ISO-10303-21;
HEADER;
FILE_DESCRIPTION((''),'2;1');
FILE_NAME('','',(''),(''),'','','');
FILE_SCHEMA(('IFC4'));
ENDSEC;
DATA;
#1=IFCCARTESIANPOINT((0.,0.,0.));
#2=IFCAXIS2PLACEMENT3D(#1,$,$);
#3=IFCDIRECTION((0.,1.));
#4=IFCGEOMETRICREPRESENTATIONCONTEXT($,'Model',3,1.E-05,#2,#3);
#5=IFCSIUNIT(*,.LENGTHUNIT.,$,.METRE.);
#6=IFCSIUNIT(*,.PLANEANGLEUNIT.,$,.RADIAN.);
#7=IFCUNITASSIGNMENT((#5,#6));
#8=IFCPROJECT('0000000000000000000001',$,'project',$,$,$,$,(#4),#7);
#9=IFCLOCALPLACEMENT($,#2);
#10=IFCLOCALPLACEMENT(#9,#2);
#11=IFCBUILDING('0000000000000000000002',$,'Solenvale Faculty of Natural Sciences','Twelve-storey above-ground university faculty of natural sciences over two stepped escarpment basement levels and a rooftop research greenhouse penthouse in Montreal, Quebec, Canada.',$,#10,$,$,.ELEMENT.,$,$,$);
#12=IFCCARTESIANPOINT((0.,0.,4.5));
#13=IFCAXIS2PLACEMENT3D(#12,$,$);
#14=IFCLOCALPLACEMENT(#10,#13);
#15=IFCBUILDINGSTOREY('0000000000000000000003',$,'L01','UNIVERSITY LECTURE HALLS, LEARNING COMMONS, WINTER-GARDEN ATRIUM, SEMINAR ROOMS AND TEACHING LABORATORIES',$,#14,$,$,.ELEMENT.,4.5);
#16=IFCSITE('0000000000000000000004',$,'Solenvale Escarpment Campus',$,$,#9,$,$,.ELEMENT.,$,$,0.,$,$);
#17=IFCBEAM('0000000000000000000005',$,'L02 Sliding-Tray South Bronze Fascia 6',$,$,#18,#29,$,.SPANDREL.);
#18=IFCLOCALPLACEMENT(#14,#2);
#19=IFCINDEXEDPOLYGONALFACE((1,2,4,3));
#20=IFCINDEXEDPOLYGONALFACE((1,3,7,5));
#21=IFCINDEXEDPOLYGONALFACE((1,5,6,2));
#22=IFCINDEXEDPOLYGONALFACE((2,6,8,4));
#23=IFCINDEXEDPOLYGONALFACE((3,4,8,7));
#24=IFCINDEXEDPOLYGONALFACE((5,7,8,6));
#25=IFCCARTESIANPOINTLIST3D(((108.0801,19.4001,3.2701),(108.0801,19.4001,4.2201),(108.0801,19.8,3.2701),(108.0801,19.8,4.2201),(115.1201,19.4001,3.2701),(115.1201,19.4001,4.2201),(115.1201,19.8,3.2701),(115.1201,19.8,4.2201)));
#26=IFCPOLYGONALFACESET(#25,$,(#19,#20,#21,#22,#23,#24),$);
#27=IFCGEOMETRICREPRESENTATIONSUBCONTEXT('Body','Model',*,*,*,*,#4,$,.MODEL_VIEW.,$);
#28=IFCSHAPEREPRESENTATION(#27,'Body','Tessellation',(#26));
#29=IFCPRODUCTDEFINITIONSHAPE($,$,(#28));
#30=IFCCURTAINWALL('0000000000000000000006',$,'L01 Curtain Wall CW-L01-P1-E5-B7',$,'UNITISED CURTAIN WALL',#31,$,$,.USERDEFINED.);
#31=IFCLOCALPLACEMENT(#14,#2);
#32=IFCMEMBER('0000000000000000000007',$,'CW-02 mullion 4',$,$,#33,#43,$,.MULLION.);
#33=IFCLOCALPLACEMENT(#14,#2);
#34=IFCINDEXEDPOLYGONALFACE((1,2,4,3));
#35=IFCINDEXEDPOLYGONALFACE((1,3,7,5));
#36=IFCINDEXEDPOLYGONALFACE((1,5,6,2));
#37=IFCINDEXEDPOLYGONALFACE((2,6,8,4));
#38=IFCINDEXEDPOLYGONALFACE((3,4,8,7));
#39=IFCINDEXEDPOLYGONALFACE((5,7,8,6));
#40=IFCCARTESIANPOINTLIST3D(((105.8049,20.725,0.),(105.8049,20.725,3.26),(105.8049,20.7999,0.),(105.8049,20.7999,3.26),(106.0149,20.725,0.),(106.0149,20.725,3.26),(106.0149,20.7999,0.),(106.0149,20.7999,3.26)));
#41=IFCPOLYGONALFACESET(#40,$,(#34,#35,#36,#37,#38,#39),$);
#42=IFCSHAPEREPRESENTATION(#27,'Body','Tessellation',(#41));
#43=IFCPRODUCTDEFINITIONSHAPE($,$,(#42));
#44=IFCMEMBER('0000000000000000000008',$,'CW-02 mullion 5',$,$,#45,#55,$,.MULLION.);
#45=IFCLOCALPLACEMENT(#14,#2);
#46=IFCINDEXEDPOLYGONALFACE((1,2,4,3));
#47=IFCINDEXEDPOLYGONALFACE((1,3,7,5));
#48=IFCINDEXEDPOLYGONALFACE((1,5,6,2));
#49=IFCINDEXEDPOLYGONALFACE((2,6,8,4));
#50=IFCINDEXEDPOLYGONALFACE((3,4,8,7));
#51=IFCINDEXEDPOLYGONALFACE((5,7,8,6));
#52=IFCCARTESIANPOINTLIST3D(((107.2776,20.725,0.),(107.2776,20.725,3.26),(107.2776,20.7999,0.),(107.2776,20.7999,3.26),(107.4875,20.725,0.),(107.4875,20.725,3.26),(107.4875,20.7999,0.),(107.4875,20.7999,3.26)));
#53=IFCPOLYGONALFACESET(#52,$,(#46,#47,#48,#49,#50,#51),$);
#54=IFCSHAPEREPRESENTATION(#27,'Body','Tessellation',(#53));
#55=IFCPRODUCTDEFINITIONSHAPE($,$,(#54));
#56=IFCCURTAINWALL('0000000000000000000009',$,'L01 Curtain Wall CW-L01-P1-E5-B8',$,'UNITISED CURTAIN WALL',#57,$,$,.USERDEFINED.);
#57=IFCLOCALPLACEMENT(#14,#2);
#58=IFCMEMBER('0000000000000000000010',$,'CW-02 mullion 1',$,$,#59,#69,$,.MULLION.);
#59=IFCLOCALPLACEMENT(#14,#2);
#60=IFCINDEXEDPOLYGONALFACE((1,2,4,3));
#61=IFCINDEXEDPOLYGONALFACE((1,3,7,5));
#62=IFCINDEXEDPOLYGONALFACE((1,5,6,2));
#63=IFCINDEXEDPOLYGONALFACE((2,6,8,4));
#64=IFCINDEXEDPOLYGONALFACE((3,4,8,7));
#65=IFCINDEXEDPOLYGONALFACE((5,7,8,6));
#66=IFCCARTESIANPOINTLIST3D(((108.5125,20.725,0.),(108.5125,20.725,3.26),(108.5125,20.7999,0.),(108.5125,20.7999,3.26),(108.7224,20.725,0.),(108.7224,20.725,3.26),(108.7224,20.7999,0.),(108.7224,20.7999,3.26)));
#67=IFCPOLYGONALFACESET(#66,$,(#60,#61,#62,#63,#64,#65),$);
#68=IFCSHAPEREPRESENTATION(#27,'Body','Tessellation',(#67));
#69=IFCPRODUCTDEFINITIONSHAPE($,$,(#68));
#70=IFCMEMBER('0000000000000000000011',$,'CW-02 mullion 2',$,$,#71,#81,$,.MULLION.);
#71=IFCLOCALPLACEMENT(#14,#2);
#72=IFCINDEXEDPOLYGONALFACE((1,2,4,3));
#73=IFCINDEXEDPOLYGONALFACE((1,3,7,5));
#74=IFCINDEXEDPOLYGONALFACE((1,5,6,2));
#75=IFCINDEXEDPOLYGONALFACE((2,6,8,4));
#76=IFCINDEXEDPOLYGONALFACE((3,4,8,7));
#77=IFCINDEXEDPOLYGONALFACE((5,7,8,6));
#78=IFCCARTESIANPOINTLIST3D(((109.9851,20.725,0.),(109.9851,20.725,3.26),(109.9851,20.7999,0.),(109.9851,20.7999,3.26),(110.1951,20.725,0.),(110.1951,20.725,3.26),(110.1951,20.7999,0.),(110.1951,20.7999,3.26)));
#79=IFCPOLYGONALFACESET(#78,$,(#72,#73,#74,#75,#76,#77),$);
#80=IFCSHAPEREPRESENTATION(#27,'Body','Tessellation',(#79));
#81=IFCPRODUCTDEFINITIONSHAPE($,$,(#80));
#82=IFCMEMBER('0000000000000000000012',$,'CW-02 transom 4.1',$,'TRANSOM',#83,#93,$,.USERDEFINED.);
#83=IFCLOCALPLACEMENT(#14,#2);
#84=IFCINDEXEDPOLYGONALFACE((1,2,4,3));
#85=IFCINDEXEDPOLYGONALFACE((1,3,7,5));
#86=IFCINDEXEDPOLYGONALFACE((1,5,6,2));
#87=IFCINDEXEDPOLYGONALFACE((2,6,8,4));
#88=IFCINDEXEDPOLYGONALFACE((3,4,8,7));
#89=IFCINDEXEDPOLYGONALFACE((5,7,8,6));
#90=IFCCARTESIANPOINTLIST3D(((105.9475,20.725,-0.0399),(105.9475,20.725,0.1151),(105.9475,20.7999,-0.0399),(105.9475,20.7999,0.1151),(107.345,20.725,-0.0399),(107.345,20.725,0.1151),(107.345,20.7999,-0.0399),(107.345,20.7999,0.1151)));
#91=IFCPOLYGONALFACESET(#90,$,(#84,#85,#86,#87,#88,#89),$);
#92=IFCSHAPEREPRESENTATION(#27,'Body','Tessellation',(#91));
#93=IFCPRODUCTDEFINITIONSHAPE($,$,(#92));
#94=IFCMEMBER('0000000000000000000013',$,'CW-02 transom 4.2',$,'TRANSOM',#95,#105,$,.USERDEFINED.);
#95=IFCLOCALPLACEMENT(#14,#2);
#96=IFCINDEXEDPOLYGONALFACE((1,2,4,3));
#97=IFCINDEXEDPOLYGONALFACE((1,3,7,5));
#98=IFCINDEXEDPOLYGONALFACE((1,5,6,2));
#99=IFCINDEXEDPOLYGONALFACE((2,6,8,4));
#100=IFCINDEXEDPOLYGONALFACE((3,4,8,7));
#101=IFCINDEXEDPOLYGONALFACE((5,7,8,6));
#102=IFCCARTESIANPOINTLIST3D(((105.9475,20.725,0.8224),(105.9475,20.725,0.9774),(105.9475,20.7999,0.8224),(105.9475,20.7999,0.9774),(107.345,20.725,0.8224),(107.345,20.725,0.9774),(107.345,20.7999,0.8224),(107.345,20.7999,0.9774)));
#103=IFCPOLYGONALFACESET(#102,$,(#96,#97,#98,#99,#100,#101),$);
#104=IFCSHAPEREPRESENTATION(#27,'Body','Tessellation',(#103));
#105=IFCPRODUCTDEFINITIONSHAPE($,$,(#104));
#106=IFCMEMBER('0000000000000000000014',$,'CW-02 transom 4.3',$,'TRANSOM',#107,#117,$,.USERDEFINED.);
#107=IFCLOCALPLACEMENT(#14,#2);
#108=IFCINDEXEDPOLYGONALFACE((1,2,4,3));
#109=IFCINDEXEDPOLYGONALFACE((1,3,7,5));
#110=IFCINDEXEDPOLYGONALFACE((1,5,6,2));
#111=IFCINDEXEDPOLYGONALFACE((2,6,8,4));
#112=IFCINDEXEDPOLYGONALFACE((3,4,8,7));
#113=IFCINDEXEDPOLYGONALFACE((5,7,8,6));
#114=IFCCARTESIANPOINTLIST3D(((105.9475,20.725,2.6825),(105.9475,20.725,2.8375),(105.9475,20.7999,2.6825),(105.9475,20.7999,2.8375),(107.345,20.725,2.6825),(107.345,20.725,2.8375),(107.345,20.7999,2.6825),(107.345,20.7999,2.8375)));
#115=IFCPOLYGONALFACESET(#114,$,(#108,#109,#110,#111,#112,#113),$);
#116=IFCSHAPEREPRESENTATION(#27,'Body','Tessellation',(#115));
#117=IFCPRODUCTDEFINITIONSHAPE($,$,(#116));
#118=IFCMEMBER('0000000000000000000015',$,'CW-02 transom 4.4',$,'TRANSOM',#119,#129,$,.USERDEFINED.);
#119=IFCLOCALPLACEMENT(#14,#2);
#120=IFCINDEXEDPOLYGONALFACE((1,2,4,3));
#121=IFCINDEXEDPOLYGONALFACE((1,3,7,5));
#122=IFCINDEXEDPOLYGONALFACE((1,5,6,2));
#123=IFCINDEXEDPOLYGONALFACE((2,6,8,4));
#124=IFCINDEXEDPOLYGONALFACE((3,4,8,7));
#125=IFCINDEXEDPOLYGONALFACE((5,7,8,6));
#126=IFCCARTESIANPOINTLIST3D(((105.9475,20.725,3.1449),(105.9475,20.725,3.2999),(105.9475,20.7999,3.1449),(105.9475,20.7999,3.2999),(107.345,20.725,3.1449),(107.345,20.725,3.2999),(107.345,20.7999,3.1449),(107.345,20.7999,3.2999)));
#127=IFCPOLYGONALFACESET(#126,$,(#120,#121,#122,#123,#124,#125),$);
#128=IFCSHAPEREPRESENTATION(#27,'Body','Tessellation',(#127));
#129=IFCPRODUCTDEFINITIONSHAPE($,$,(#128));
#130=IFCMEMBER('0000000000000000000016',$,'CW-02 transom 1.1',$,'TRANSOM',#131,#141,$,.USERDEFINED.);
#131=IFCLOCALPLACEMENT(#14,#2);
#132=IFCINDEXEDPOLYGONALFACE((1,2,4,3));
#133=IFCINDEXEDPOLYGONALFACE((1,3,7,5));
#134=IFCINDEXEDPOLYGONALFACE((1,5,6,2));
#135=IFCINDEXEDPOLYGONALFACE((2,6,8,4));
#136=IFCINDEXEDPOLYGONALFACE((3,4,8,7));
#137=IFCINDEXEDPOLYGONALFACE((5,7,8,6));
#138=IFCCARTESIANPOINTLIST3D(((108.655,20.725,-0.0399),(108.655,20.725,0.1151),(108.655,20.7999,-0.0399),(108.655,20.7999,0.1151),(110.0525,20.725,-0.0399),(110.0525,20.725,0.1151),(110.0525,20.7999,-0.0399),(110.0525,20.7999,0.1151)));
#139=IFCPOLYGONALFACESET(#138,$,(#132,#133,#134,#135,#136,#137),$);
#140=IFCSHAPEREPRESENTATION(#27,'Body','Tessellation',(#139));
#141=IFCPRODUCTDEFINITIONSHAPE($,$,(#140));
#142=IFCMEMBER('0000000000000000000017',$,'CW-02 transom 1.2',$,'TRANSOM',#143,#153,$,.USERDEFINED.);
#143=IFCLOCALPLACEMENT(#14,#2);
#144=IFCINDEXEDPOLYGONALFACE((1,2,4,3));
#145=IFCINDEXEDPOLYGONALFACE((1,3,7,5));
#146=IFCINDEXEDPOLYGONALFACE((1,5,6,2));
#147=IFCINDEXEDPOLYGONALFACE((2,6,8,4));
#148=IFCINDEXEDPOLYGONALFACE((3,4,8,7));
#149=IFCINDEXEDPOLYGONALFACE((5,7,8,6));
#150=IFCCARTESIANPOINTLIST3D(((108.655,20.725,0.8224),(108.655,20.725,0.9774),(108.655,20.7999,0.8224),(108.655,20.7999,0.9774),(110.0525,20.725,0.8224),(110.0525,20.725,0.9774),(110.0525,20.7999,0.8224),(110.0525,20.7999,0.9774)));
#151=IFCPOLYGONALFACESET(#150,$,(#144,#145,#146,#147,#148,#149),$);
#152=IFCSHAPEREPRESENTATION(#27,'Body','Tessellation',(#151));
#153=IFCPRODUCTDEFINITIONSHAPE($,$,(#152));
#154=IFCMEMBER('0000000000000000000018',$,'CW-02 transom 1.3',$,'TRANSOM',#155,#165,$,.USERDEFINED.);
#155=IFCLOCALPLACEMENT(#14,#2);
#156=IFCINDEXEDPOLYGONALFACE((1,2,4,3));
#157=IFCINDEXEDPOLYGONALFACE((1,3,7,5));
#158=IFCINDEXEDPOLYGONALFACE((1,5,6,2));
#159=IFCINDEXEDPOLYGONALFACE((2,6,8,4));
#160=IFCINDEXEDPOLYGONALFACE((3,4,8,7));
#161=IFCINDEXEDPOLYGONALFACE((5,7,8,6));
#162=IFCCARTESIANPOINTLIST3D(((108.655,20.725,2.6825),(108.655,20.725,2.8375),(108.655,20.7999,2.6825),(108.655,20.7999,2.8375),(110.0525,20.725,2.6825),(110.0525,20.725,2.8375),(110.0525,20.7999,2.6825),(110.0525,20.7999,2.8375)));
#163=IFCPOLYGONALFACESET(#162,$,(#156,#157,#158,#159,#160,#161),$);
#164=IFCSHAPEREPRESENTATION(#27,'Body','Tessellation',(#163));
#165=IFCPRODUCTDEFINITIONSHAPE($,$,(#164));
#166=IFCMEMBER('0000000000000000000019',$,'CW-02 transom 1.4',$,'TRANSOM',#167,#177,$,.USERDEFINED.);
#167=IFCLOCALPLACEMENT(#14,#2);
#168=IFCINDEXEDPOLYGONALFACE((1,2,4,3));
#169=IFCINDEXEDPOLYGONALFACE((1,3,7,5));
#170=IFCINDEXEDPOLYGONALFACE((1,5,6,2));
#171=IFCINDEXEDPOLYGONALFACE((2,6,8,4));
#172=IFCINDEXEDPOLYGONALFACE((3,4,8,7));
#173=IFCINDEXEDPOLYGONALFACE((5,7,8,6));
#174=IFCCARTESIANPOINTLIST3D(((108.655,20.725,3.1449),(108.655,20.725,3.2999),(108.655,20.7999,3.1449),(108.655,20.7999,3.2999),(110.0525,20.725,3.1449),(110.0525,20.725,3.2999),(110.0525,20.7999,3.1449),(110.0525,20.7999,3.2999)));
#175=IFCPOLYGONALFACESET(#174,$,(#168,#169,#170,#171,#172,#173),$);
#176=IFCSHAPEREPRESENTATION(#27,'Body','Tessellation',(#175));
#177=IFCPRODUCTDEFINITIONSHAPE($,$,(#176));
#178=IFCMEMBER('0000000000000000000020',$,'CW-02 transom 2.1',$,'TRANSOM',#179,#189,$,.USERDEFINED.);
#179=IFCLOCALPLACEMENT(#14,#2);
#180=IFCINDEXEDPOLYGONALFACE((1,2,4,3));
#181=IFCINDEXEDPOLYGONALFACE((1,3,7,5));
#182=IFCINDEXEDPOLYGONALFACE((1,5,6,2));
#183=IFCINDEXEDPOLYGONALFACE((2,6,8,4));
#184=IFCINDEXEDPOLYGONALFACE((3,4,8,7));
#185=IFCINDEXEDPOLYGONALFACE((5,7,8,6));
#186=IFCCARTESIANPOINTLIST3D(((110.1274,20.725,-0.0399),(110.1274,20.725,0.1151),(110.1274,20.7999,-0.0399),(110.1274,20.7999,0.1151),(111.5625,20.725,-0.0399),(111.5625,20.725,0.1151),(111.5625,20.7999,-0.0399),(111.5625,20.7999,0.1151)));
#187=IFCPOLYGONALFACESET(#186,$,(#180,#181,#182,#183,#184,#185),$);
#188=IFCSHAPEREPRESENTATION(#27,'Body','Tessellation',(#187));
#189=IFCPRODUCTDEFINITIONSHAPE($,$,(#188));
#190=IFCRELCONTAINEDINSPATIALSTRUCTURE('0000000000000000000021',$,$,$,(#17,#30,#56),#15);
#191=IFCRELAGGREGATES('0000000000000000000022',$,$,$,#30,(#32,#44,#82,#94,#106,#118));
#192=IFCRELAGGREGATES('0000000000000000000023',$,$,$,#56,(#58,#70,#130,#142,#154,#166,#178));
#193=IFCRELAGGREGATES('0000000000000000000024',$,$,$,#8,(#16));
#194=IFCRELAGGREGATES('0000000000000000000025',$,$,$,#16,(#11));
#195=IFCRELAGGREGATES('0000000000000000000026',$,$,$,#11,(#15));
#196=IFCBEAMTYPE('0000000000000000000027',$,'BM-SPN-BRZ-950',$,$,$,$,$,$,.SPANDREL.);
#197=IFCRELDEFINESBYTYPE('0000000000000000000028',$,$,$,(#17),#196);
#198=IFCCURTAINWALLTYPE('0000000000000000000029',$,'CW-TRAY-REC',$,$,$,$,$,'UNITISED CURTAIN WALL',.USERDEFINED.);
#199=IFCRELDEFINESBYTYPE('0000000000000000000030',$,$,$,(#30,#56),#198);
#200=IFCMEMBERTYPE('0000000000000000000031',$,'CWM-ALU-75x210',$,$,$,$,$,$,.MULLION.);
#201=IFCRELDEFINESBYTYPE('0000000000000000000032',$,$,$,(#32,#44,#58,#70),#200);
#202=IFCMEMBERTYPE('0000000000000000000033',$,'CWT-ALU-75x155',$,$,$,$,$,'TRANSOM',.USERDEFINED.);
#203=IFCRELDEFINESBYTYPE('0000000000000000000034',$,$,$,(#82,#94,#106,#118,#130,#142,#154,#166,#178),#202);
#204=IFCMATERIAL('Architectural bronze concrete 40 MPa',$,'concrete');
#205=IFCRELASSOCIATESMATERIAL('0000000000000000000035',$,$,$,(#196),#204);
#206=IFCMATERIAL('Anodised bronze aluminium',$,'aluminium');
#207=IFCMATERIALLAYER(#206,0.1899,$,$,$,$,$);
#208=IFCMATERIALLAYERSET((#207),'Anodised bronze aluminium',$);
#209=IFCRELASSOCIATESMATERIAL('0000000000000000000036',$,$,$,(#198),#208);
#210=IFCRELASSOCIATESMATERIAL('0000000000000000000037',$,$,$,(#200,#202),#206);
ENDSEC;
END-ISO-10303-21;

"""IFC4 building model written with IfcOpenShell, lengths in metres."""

from ifc_helpers import new_model, si_unit, direction, frame, origin, origin_2d, place, context, subcontext, project, spatial, rectangle, extrude, material, layer, layer_set, material_profile, profile_set, type_object, element, aggregate, save


model = new_model("IFC4")

# Units and contexts
model_context = context("Model", 3, precision=1e-05, world=origin(), true_north=direction((0.0, 1.0)))
body_context = subcontext(model_context, "Body", "Model", "MODEL_VIEW")
ifc_project = project(units=[si_unit("LENGTHUNIT", "METRE"), si_unit("PLANEANGLEUNIT", "RADIAN")], contexts=[model_context])

# Site, building, storey
site_placement = place(None, origin())
site = spatial("IfcSite", under=ifc_project, at=site_placement, Name="Solenvale Escarpment Campus", CompositionType="ELEMENT", RefElevation=0.0)
building_placement = place(site_placement, origin())
building = spatial("IfcBuilding", under=site, at=building_placement, Name="Solenvale Faculty of Natural Sciences", Description="Twelve-storey above-ground university faculty of natural sciences over two stepped escarpment basement levels and a rooftop research greenhouse penthouse in Montreal, Quebec, Canada.", CompositionType="ELEMENT")
storey_placement = place(building_placement, frame((0.0, 0.0, 4.5)))
storey = spatial("IfcBuildingStorey", under=building, at=storey_placement, Name="L01", Description="UNIVERSITY LECTURE HALLS, LEARNING COMMONS, WINTER-GARDEN ATRIUM, SEMINAR ROOMS AND TEACHING LABORATORIES", CompositionType="ELEMENT", Elevation=4.5)

# Beam
ifc_material_1 = material(Name="Architectural bronze concrete 40 MPa", Category="concrete")
ifc_material_profile_1 = material_profile(ifc_material_1, rectangle(XDim=0.3999, YDim=0.95, at=origin_2d()), Name="RC-SPN-400x950")
ifc_profile_set_1 = profile_set([ifc_material_profile_1], Name="Architectural bronze concrete 40 MPa")
beam_type = type_object("IfcBeamType", Name="BM-SPN-BRZ-950", PredefinedType="SPANDREL", material=ifc_profile_set_1)
beam_placement = place(storey_placement, frame((108.0801, 19.6001, 3.7451), z_axis=(1.0, 0.0, 0.0), x_axis=(0.0, 1.0, 0.0)))
element("IfcBeam", 1, at=beam_placement, inside=storey, type_object=beam_type, Name="L02 Sliding-Tray South Bronze Fascia 6", PredefinedType="SPANDREL", context=body_context, shape_type="SweptSolid", body=[
    extrude(rectangle(XDim=0.3999, YDim=0.95, at=origin_2d()), origin(), (0.0, 0.0, 1.0), 7.04),
])

# Curtain walls, members
ifc_material_2 = material(Name="Anodised bronze aluminium", Category="aluminium")
ifc_layer_1 = layer(ifc_material_2, 0.1899)
ifc_layer_set_1 = layer_set([ifc_layer_1], Name="Anodised bronze aluminium")
curtain_wall_type = type_object("IfcCurtainWallType", Name="CW-TRAY-REC", ElementType="UNITISED CURTAIN WALL", PredefinedType="USERDEFINED", material=ifc_layer_set_1)
curtain_wall_1_placement = place(storey_placement, origin())
curtain_wall_1 = element("IfcCurtainWall", 2, at=curtain_wall_1_placement, inside=storey, type_object=curtain_wall_type, Name="L01 Curtain Wall CW-L01-P1-E5-B7", ObjectType="UNITISED CURTAIN WALL", PredefinedType="USERDEFINED")
ifc_material_profile_2 = material_profile(ifc_material_2, rectangle(XDim=0.075, YDim=0.21, at=origin_2d()), Name="ALU-MUL-75x210")
ifc_profile_set_2 = profile_set([ifc_material_profile_2], Name="Anodised bronze aluminium")
member_type_1 = type_object("IfcMemberType", Name="CWM-ALU-75x210", PredefinedType="MULLION", material=ifc_profile_set_2)
member_1_placement = place(storey_placement, frame((105.9099, 20.7625, 0.0), z_axis=(0.0, 0.0, 1.0), x_axis=(0.0, 1.0, 0.0)))
member_1 = element("IfcMember", 3, at=member_1_placement, type_object=member_type_1, Name="CW-02 mullion 4", PredefinedType="MULLION", context=body_context, shape_type="SweptSolid", body=[
    extrude(rectangle(XDim=0.075, YDim=0.21, at=origin_2d()), origin(), (0.0, 0.0, 1.0), 3.26),
])
member_2_placement = place(storey_placement, frame((107.3826, 20.7625, 0.0), z_axis=(0.0, 0.0, 1.0), x_axis=(0.0, 1.0, 0.0)))
member_2 = element("IfcMember", 4, at=member_2_placement, type_object=member_type_1, Name="CW-02 mullion 5", PredefinedType="MULLION", context=body_context, shape_type="SweptSolid", body=[
    extrude(rectangle(XDim=0.075, YDim=0.21, at=origin_2d()), origin(), (0.0, 0.0, 1.0), 3.26),
])
curtain_wall_2_placement = place(storey_placement, origin())
curtain_wall_2 = element("IfcCurtainWall", 5, at=curtain_wall_2_placement, inside=storey, type_object=curtain_wall_type, Name="L01 Curtain Wall CW-L01-P1-E5-B8", ObjectType="UNITISED CURTAIN WALL", PredefinedType="USERDEFINED")
member_3_placement = place(storey_placement, frame((108.6174, 20.7625, 0.0), z_axis=(0.0, 0.0, 1.0), x_axis=(0.0, 1.0, 0.0)))
member_3 = element("IfcMember", 6, at=member_3_placement, type_object=member_type_1, Name="CW-02 mullion 1", PredefinedType="MULLION", context=body_context, shape_type="SweptSolid", body=[
    extrude(rectangle(XDim=0.075, YDim=0.21, at=origin_2d()), origin(), (0.0, 0.0, 1.0), 3.26),
])
member_4_placement = place(storey_placement, frame((110.0901, 20.7625, 0.0), z_axis=(0.0, 0.0, 1.0), x_axis=(0.0, 1.0, 0.0)))
member_4 = element("IfcMember", 7, at=member_4_placement, type_object=member_type_1, Name="CW-02 mullion 2", PredefinedType="MULLION", context=body_context, shape_type="SweptSolid", body=[
    extrude(rectangle(XDim=0.075, YDim=0.21, at=origin_2d()), origin(), (0.0, 0.0, 1.0), 3.26),
])

# Members
ifc_material_profile_3 = material_profile(ifc_material_2, rectangle(XDim=0.075, YDim=0.155, at=origin_2d()), Name="ALU-TRN-75x155")
ifc_profile_set_3 = profile_set([ifc_material_profile_3], Name="Anodised bronze aluminium")
member_type_2 = type_object("IfcMemberType", Name="CWT-ALU-75x155", ElementType="TRANSOM", PredefinedType="USERDEFINED", material=ifc_profile_set_3)
member_5_placement = place(storey_placement, frame((105.9475, 20.7625, 0.0376), z_axis=(1.0, 0.0, 0.0), x_axis=(0.0, 1.0, 0.0)))
member_5 = element("IfcMember", 8, at=member_5_placement, type_object=member_type_2, Name="CW-02 transom 4.1", ObjectType="TRANSOM", PredefinedType="USERDEFINED", context=body_context, shape_type="SweptSolid", body=[
    extrude(rectangle(XDim=0.075, YDim=0.155, at=origin_2d()), origin(), (0.0, 0.0, 1.0), 1.3975),
])
member_6_placement = place(storey_placement, frame((105.9475, 20.7625, 0.8999), z_axis=(1.0, 0.0, 0.0), x_axis=(0.0, 1.0, 0.0)))
member_6 = element("IfcMember", 9, at=member_6_placement, type_object=member_type_2, Name="CW-02 transom 4.2", ObjectType="TRANSOM", PredefinedType="USERDEFINED", context=body_context, shape_type="SweptSolid", body=[
    extrude(rectangle(XDim=0.075, YDim=0.155, at=origin_2d()), origin(), (0.0, 0.0, 1.0), 1.3975),
])
member_7_placement = place(storey_placement, frame((105.9475, 20.7625, 2.76), z_axis=(1.0, 0.0, 0.0), x_axis=(0.0, 1.0, 0.0)))
member_7 = element("IfcMember", 10, at=member_7_placement, type_object=member_type_2, Name="CW-02 transom 4.3", ObjectType="TRANSOM", PredefinedType="USERDEFINED", context=body_context, shape_type="SweptSolid", body=[
    extrude(rectangle(XDim=0.075, YDim=0.155, at=origin_2d()), origin(), (0.0, 0.0, 1.0), 1.3975),
])
member_8_placement = place(storey_placement, frame((105.9475, 20.7625, 3.2224), z_axis=(1.0, 0.0, 0.0), x_axis=(0.0, 1.0, 0.0)))
member_8 = element("IfcMember", 11, at=member_8_placement, type_object=member_type_2, Name="CW-02 transom 4.4", ObjectType="TRANSOM", PredefinedType="USERDEFINED", context=body_context, shape_type="SweptSolid", body=[
    extrude(rectangle(XDim=0.075, YDim=0.155, at=origin_2d()), origin(), (0.0, 0.0, 1.0), 1.3975),
])
member_9_placement = place(storey_placement, frame((108.655, 20.7625, 0.0376), z_axis=(1.0, 0.0, 0.0), x_axis=(0.0, 1.0, 0.0)))
member_9 = element("IfcMember", 12, at=member_9_placement, type_object=member_type_2, Name="CW-02 transom 1.1", ObjectType="TRANSOM", PredefinedType="USERDEFINED", context=body_context, shape_type="SweptSolid", body=[
    extrude(rectangle(XDim=0.075, YDim=0.155, at=origin_2d()), origin(), (0.0, 0.0, 1.0), 1.3975),
])
member_10_placement = place(storey_placement, frame((108.655, 20.7625, 0.8999), z_axis=(1.0, 0.0, 0.0), x_axis=(0.0, 1.0, 0.0)))
member_10 = element("IfcMember", 13, at=member_10_placement, type_object=member_type_2, Name="CW-02 transom 1.2", ObjectType="TRANSOM", PredefinedType="USERDEFINED", context=body_context, shape_type="SweptSolid", body=[
    extrude(rectangle(XDim=0.075, YDim=0.155, at=origin_2d()), origin(), (0.0, 0.0, 1.0), 1.3975),
])
member_11_placement = place(storey_placement, frame((108.655, 20.7625, 2.76), z_axis=(1.0, 0.0, 0.0), x_axis=(0.0, 1.0, 0.0)))
member_11 = element("IfcMember", 14, at=member_11_placement, type_object=member_type_2, Name="CW-02 transom 1.3", ObjectType="TRANSOM", PredefinedType="USERDEFINED", context=body_context, shape_type="SweptSolid", body=[
    extrude(rectangle(XDim=0.075, YDim=0.155, at=origin_2d()), origin(), (0.0, 0.0, 1.0), 1.3975),
])
member_12_placement = place(storey_placement, frame((108.655, 20.7625, 3.2224), z_axis=(1.0, 0.0, 0.0), x_axis=(0.0, 1.0, 0.0)))
member_12 = element("IfcMember", 15, at=member_12_placement, type_object=member_type_2, Name="CW-02 transom 1.4", ObjectType="TRANSOM", PredefinedType="USERDEFINED", context=body_context, shape_type="SweptSolid", body=[
    extrude(rectangle(XDim=0.075, YDim=0.155, at=origin_2d()), origin(), (0.0, 0.0, 1.0), 1.3975),
])
member_13_placement = place(storey_placement, frame((110.1274, 20.7625, 0.0376), z_axis=(1.0, 0.0, 0.0), x_axis=(0.0, 1.0, 0.0)))
member_13 = element("IfcMember", 16, at=member_13_placement, type_object=member_type_2, Name="CW-02 transom 2.1", ObjectType="TRANSOM", PredefinedType="USERDEFINED", context=body_context, shape_type="SweptSolid", body=[
    extrude(rectangle(XDim=0.075, YDim=0.155, at=origin_2d()), origin(), (0.0, 0.0, 1.0), 1.4351),
])

aggregate(curtain_wall_1, [member_1, member_2, member_5, member_6, member_7, member_8])
aggregate(curtain_wall_2, [member_3, member_4, member_9, member_10, member_11, member_12, member_13])

save(model, "model.ifc")
